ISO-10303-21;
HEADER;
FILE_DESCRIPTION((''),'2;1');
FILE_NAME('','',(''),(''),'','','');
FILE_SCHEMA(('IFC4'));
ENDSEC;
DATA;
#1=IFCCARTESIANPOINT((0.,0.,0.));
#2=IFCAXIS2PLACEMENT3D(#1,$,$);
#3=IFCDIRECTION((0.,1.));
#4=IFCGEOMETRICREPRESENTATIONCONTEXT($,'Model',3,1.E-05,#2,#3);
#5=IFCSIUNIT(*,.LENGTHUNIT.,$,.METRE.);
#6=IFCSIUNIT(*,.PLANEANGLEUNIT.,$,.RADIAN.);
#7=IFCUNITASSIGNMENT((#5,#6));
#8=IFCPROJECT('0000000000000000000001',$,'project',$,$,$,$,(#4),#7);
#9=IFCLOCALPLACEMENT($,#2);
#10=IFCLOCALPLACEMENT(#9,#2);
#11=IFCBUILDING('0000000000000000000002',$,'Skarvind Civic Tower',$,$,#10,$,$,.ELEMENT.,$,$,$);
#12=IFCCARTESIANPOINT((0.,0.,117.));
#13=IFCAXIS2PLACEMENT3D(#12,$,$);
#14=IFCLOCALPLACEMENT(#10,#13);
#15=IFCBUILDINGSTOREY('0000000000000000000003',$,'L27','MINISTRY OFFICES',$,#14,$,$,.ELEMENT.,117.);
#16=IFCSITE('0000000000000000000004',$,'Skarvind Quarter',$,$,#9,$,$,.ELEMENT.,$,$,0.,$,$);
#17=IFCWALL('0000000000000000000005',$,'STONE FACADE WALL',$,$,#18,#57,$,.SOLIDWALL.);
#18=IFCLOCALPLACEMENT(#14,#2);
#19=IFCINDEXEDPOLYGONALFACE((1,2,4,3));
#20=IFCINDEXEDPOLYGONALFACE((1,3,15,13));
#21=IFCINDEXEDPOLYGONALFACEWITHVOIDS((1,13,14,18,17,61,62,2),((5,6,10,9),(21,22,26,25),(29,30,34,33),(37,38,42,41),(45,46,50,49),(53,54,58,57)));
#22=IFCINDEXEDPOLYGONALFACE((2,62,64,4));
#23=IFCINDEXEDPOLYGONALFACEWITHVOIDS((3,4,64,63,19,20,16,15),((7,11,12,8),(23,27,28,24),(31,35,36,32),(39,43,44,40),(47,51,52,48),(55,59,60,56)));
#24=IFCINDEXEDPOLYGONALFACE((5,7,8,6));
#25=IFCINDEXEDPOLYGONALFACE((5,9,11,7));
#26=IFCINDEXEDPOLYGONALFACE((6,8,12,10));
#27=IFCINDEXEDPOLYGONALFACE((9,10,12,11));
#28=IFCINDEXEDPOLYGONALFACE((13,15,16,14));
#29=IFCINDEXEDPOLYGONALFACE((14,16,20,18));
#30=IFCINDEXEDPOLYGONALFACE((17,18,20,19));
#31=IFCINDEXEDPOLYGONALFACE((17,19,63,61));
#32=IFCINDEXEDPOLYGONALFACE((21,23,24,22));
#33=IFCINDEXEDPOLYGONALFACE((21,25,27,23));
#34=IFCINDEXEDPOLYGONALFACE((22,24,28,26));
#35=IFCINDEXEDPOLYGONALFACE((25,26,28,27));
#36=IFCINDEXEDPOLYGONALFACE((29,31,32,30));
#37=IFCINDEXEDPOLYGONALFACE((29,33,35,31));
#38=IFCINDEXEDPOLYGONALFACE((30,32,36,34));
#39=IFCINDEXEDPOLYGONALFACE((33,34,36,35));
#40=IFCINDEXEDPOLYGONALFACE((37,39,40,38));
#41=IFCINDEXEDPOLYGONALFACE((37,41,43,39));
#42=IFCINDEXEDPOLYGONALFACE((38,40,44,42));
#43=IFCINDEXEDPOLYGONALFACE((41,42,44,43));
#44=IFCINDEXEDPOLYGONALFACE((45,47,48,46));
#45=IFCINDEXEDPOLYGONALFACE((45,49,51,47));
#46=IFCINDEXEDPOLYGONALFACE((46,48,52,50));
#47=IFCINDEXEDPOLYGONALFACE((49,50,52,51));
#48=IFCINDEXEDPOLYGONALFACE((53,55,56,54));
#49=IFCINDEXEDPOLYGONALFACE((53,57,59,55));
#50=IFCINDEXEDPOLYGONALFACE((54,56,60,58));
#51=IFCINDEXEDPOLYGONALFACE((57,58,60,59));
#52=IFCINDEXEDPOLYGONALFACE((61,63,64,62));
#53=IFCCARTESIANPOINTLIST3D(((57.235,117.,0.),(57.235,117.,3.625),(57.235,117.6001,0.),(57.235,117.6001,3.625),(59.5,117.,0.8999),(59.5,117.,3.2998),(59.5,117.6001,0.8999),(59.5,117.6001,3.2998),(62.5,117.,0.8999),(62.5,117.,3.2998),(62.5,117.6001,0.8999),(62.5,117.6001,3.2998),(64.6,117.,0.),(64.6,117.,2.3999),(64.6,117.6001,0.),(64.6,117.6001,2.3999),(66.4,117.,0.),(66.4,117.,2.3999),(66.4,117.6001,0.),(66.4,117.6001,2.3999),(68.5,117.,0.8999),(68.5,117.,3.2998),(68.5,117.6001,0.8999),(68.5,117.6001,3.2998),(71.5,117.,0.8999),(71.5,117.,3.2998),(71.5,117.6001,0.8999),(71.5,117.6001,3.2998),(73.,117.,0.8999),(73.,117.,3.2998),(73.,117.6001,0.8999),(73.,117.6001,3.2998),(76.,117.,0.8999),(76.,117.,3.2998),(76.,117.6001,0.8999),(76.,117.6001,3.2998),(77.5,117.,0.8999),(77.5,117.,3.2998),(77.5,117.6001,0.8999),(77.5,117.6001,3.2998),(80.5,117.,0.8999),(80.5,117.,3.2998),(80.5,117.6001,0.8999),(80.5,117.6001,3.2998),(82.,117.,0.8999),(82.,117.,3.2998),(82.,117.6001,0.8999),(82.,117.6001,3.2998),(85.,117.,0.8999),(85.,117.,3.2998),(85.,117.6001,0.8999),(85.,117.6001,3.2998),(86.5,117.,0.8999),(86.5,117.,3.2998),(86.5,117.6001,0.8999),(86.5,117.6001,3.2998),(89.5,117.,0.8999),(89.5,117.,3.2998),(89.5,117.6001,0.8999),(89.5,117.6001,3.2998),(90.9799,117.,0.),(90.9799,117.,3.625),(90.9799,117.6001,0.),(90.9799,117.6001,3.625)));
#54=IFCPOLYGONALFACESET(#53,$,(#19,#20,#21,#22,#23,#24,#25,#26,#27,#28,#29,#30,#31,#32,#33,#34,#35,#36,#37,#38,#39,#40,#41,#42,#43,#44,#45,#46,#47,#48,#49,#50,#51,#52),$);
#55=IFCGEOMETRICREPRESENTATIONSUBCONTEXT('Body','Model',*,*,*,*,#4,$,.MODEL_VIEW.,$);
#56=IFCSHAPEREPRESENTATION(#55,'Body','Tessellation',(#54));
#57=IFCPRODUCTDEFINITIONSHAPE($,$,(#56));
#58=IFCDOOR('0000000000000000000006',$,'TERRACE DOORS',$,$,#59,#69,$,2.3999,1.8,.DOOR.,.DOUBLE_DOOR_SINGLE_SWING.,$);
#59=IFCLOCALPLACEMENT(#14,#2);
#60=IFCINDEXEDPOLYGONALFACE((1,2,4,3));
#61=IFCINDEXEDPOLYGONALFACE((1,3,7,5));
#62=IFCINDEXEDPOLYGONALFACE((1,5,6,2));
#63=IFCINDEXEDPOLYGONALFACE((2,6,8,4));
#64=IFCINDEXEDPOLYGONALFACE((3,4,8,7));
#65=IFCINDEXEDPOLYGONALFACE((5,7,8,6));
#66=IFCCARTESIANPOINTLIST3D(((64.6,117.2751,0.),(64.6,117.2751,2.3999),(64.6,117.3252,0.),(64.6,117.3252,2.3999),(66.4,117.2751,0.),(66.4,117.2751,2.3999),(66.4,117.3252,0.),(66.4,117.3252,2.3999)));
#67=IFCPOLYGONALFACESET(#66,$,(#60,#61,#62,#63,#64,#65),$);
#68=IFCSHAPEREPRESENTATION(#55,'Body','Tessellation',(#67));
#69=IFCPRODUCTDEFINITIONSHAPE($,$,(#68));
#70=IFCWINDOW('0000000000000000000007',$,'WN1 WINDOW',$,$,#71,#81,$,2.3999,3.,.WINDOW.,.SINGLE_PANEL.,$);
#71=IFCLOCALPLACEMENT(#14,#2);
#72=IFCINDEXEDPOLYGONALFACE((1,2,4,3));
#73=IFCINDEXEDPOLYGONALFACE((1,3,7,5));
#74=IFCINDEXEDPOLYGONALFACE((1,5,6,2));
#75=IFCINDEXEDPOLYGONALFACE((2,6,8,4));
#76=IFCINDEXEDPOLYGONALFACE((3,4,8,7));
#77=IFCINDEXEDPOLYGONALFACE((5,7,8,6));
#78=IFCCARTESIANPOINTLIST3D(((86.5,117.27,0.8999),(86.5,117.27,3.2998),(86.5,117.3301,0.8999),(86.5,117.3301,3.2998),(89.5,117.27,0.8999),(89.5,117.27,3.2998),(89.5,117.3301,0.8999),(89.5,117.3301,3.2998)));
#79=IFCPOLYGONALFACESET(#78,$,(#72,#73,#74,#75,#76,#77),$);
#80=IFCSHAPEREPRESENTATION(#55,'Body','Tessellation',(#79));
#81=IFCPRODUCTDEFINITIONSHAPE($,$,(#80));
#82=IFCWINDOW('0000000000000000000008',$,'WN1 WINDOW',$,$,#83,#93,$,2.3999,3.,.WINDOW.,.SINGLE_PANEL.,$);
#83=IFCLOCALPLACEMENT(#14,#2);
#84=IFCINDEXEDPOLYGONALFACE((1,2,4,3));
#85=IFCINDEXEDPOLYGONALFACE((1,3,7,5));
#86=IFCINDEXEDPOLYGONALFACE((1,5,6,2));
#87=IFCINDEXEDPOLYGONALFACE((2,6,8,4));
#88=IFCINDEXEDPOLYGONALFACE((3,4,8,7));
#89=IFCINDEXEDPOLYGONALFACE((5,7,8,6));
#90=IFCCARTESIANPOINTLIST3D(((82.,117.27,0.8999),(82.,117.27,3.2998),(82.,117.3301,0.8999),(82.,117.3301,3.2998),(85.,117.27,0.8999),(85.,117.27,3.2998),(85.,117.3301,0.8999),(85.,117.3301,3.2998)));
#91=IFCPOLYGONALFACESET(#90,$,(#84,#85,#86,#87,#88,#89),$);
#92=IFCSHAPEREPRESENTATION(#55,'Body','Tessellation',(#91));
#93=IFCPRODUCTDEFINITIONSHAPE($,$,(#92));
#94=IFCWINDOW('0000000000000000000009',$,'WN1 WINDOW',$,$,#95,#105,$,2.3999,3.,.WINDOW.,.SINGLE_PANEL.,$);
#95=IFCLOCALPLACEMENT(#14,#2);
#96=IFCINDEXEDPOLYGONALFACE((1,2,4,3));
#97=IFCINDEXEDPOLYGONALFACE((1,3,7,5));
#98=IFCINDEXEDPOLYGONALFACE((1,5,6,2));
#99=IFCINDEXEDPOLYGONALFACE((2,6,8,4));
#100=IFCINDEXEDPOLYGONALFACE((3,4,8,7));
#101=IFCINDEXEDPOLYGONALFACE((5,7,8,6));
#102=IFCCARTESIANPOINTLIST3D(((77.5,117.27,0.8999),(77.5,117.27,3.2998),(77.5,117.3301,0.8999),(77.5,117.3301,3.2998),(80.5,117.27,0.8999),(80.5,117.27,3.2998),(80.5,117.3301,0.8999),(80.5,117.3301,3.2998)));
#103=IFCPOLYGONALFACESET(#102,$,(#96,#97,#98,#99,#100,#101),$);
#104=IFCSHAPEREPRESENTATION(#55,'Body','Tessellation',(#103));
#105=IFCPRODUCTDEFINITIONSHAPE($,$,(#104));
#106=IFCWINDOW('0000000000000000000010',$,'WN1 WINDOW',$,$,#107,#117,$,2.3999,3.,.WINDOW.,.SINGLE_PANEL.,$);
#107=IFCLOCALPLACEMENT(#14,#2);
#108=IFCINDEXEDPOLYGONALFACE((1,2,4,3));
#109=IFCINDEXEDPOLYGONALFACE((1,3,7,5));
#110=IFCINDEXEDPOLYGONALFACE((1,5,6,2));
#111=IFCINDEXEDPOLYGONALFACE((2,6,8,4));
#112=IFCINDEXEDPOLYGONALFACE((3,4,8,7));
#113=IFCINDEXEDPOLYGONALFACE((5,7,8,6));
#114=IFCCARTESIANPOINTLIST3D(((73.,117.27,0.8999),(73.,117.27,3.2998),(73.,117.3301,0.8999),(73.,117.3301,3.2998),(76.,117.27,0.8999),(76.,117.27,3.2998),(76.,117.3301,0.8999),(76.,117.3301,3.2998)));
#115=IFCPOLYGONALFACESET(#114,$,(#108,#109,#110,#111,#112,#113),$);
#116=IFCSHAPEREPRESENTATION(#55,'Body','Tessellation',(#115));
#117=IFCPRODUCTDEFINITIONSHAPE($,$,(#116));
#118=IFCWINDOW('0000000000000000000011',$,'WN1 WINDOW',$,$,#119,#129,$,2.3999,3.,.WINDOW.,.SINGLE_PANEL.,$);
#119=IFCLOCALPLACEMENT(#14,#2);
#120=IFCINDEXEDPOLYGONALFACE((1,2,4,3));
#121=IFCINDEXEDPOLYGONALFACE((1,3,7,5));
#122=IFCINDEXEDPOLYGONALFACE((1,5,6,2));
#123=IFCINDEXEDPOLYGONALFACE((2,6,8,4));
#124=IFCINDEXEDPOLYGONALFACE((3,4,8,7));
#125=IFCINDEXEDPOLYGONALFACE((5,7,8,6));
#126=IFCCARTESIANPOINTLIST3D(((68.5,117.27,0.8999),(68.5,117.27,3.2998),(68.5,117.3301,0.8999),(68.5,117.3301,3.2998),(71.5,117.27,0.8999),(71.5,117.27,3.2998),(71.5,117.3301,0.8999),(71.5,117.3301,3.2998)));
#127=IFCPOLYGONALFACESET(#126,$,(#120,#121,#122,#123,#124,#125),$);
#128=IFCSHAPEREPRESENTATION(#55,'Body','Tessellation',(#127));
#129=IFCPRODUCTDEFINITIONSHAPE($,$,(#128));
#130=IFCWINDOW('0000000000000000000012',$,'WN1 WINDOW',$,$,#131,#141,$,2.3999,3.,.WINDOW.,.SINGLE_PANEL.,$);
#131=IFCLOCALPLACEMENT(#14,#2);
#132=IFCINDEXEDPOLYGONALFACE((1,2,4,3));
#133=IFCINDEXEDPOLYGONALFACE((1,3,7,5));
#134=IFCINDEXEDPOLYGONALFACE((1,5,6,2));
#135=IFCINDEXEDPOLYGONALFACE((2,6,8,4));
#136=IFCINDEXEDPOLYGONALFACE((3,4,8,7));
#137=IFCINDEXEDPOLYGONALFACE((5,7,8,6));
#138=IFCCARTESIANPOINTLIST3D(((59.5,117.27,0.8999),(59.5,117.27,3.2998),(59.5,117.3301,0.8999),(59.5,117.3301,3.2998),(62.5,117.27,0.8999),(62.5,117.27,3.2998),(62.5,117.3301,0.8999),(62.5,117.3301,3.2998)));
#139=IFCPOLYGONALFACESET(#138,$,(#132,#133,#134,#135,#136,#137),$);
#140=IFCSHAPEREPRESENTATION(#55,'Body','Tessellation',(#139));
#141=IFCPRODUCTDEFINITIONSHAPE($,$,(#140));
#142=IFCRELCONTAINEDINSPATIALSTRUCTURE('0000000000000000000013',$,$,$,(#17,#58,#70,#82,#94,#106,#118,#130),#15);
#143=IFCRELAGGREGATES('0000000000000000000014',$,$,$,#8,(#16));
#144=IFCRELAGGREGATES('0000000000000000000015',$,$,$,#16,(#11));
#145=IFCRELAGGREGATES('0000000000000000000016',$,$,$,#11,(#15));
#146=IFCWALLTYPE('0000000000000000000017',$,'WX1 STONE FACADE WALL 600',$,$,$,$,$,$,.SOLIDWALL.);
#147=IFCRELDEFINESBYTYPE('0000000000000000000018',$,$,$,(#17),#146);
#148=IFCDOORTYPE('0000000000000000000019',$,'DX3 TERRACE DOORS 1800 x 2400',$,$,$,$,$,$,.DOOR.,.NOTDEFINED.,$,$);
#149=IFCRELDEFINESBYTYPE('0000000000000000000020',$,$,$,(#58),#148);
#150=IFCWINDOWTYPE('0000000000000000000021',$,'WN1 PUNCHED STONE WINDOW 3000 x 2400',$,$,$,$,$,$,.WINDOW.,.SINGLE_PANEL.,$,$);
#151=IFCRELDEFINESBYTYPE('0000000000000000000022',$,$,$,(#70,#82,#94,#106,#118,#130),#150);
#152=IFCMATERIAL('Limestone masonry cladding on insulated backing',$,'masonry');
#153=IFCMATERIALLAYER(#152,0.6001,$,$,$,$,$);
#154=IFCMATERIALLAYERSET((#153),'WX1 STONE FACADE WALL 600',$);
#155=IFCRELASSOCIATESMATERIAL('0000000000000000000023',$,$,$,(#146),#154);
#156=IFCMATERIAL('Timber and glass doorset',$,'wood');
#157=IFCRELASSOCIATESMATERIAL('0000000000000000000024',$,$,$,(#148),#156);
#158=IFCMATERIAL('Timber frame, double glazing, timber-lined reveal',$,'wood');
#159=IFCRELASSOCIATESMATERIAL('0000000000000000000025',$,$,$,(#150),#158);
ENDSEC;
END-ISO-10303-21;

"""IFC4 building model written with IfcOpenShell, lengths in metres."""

from ifc_helpers import new_model, si_unit, direction, frame, frame_2d, origin, place, context, subcontext, project, spatial, rectangle, extrude, material, layer, layer_set, type_object, element, fill, save


model = new_model("IFC4")

# Units and contexts
model_context = context("Model", 3, precision=1e-05, world=origin(), true_north=direction((0.0, 1.0)))
body_context = subcontext(model_context, "Body", "Model", "MODEL_VIEW")
ifc_project = project(units=[si_unit("LENGTHUNIT", "METRE"), si_unit("PLANEANGLEUNIT", "RADIAN")], contexts=[model_context])

# Site, building, storey
site_placement = place(None, origin())
site = spatial("IfcSite", under=ifc_project, at=site_placement, Name="Skarvind Quarter", CompositionType="ELEMENT", RefElevation=0.0)
building_placement = place(site_placement, origin())
building = spatial("IfcBuilding", under=site, at=building_placement, Name="Skarvind Civic Tower", CompositionType="ELEMENT")
storey_placement = place(building_placement, frame((0.0, 0.0, 117.0)))
storey = spatial("IfcBuildingStorey", under=building, at=storey_placement, Name="L27", Description="MINISTRY OFFICES", CompositionType="ELEMENT", Elevation=117.0)

# Wall, openings, door, windows
ifc_material_1 = material(Name="Limestone masonry cladding on insulated backing", Category="masonry")
ifc_layer_1 = layer(ifc_material_1, 0.6001)
ifc_layer_set_1 = layer_set([ifc_layer_1], Name="WX1 STONE FACADE WALL 600")
wall_type_1 = type_object("IfcWallType", Name="WX1 STONE FACADE WALL 600", PredefinedType="SOLIDWALL", material=ifc_layer_set_1)
wall_1_placement = place(storey_placement, frame((90.98, 117.3, 0.0), z_axis=(0.0, 0.0, 1.0), x_axis=(-1.0, 0.0, 0.0)))
wall_1 = element("IfcWall", 1, at=wall_1_placement, inside=storey, type_object=wall_type_1, Name="STONE FACADE WALL", PredefinedType="SOLIDWALL", context=body_context, shape_type="SweptSolid", body=[
    extrude(rectangle(XDim=33.7449, YDim=0.6001, at=frame_2d((16.8726, 0.0))), origin(), (0.0, 0.0, 1.0), 3.625),
])
opening_1_placement = place(wall_1_placement, frame((1.48, 0.0, 0.8999)))
opening_1 = element("IfcOpeningElement", 2, at=opening_1_placement, cuts=wall_1, PredefinedType="OPENING", context=body_context, shape_type="SweptSolid", body=[
    extrude(rectangle(XDim=3.0, YDim=2.3999, at=frame_2d((1.5, 1.2))), frame((0.0, 0.3101, 0.0), z_axis=(0.0, -1.0, 0.0), x_axis=(1.0, 0.0, 0.0)), (0.0, 0.0, 1.0), 0.6201),
])
opening_2_placement = place(wall_1_placement, frame((5.98, 0.0, 0.8999)))
opening_2 = element("IfcOpeningElement", 3, at=opening_2_placement, cuts=wall_1, PredefinedType="OPENING", context=body_context, shape_type="SweptSolid", body=[
    extrude(rectangle(XDim=3.0, YDim=2.3999, at=frame_2d((1.5, 1.2))), frame((0.0, 0.3101, 0.0), z_axis=(0.0, -1.0, 0.0), x_axis=(1.0, 0.0, 0.0)), (0.0, 0.0, 1.0), 0.6201),
])
opening_3_placement = place(wall_1_placement, frame((10.48, 0.0, 0.8999)))
opening_3 = element("IfcOpeningElement", 4, at=opening_3_placement, cuts=wall_1, PredefinedType="OPENING", context=body_context, shape_type="SweptSolid", body=[
    extrude(rectangle(XDim=3.0, YDim=2.3999, at=frame_2d((1.5, 1.2))), frame((0.0, 0.3101, 0.0), z_axis=(0.0, -1.0, 0.0), x_axis=(1.0, 0.0, 0.0)), (0.0, 0.0, 1.0), 0.6201),
])
opening_4_placement = place(wall_1_placement, frame((14.98, 0.0, 0.8999)))
opening_4 = element("IfcOpeningElement", 5, at=opening_4_placement, cuts=wall_1, PredefinedType="OPENING", context=body_context, shape_type="SweptSolid", body=[
    extrude(rectangle(XDim=3.0, YDim=2.3999, at=frame_2d((1.5, 1.2))), frame((0.0, 0.3101, 0.0), z_axis=(0.0, -1.0, 0.0), x_axis=(1.0, 0.0, 0.0)), (0.0, 0.0, 1.0), 0.6201),
])
opening_5_placement = place(wall_1_placement, frame((19.48, 0.0, 0.8999)))
opening_5 = element("IfcOpeningElement", 6, at=opening_5_placement, cuts=wall_1, PredefinedType="OPENING", context=body_context, shape_type="SweptSolid", body=[
    extrude(rectangle(XDim=3.0, YDim=2.3999, at=frame_2d((1.5, 1.2))), frame((0.0, 0.3101, 0.0), z_axis=(0.0, -1.0, 0.0), x_axis=(1.0, 0.0, 0.0)), (0.0, 0.0, 1.0), 0.6201),
])
opening_6_placement = place(wall_1_placement, frame((24.5801, 0.0, 0.0)))
opening_6 = element("IfcOpeningElement", 7, at=opening_6_placement, cuts=wall_1, PredefinedType="OPENING", context=body_context, shape_type="SweptSolid", body=[
    extrude(rectangle(XDim=1.8, YDim=2.3999, at=frame_2d((0.8999, 1.2))), frame((0.0, 0.3101, 0.0), z_axis=(0.0, -1.0, 0.0), x_axis=(1.0, 0.0, 0.0)), (0.0, 0.0, 1.0), 0.6201),
])
opening_7_placement = place(wall_1_placement, frame((28.48, 0.0, 0.8999)))
opening_7 = element("IfcOpeningElement", 8, at=opening_7_placement, cuts=wall_1, PredefinedType="OPENING", context=body_context, shape_type="SweptSolid", body=[
    extrude(rectangle(XDim=3.0, YDim=2.3999, at=frame_2d((1.5, 1.2))), frame((0.0, 0.3101, 0.0), z_axis=(0.0, -1.0, 0.0), x_axis=(1.0, 0.0, 0.0)), (0.0, 0.0, 1.0), 0.6201),
])
ifc_material_2 = material(Name="Timber and glass doorset", Category="wood")
door_type_1 = type_object("IfcDoorType", Name="DX3 TERRACE DOORS 1800 x 2400", OperationType="NOTDEFINED", PredefinedType="DOOR", material=ifc_material_2)
door_1_placement = place(opening_6_placement, origin())
door_1 = element("IfcDoor", 9, at=door_1_placement, inside=storey, type_object=door_type_1, Name="TERRACE DOORS", OperationType="DOUBLE_DOOR_SINGLE_SWING", OverallHeight=2.3999, OverallWidth=1.8, PredefinedType="DOOR", context=body_context, shape_type="SweptSolid", body=[
    extrude(rectangle(XDim=1.8, YDim=2.3999, at=frame_2d((0.8999, 1.2))), frame((0.0, 0.0249, 0.0), z_axis=(0.0, -1.0, 0.0), x_axis=(1.0, 0.0, 0.0)), (0.0, 0.0, 1.0), 0.05),
])
fill(opening_6, door_1)
ifc_material_3 = material(Name="Timber frame, double glazing, timber-lined reveal", Category="wood")
window_type = type_object("IfcWindowType", Name="WN1 PUNCHED STONE WINDOW 3000 x 2400", PartitioningType="SINGLE_PANEL", PredefinedType="WINDOW", material=ifc_material_3)
window_1_placement = place(opening_1_placement, origin())
window_1 = element("IfcWindow", 10, at=window_1_placement, inside=storey, type_object=window_type, Name="WN1 WINDOW", OverallHeight=2.3999, OverallWidth=3.0, PartitioningType="SINGLE_PANEL", PredefinedType="WINDOW", context=body_context, shape_type="SweptSolid", body=[
    extrude(rectangle(XDim=3.0, YDim=2.3999, at=frame_2d((1.5, 1.2))), frame((0.0, 0.03, 0.0), z_axis=(0.0, -1.0, 0.0), x_axis=(1.0, 0.0, 0.0)), (0.0, 0.0, 1.0), 0.0601),
])
fill(opening_1, window_1)
window_2_placement = place(opening_2_placement, origin())
window_2 = element("IfcWindow", 11, at=window_2_placement, inside=storey, type_object=window_type, Name="WN1 WINDOW", OverallHeight=2.3999, OverallWidth=3.0, PartitioningType="SINGLE_PANEL", PredefinedType="WINDOW", context=body_context, shape_type="SweptSolid", body=[
    extrude(rectangle(XDim=3.0, YDim=2.3999, at=frame_2d((1.5, 1.2))), frame((0.0, 0.03, 0.0), z_axis=(0.0, -1.0, 0.0), x_axis=(1.0, 0.0, 0.0)), (0.0, 0.0, 1.0), 0.0601),
])
fill(opening_2, window_2)
window_3_placement = place(opening_3_placement, origin())
window_3 = element("IfcWindow", 12, at=window_3_placement, inside=storey, type_object=window_type, Name="WN1 WINDOW", OverallHeight=2.3999, OverallWidth=3.0, PartitioningType="SINGLE_PANEL", PredefinedType="WINDOW", context=body_context, shape_type="SweptSolid", body=[
    extrude(rectangle(XDim=3.0, YDim=2.3999, at=frame_2d((1.5, 1.2))), frame((0.0, 0.03, 0.0), z_axis=(0.0, -1.0, 0.0), x_axis=(1.0, 0.0, 0.0)), (0.0, 0.0, 1.0), 0.0601),
])
fill(opening_3, window_3)
window_4_placement = place(opening_4_placement, origin())
window_4 = element("IfcWindow", 13, at=window_4_placement, inside=storey, type_object=window_type, Name="WN1 WINDOW", OverallHeight=2.3999, OverallWidth=3.0, PartitioningType="SINGLE_PANEL", PredefinedType="WINDOW", context=body_context, shape_type="SweptSolid", body=[
    extrude(rectangle(XDim=3.0, YDim=2.3999, at=frame_2d((1.5, 1.2))), frame((0.0, 0.03, 0.0), z_axis=(0.0, -1.0, 0.0), x_axis=(1.0, 0.0, 0.0)), (0.0, 0.0, 1.0), 0.0601),
])
fill(opening_4, window_4)
window_5_placement = place(opening_5_placement, origin())
window_5 = element("IfcWindow", 14, at=window_5_placement, inside=storey, type_object=window_type, Name="WN1 WINDOW", OverallHeight=2.3999, OverallWidth=3.0, PartitioningType="SINGLE_PANEL", PredefinedType="WINDOW", context=body_context, shape_type="SweptSolid", body=[
    extrude(rectangle(XDim=3.0, YDim=2.3999, at=frame_2d((1.5, 1.2))), frame((0.0, 0.03, 0.0), z_axis=(0.0, -1.0, 0.0), x_axis=(1.0, 0.0, 0.0)), (0.0, 0.0, 1.0), 0.0601),
])
fill(opening_5, window_5)
window_6_placement = place(opening_7_placement, origin())
window_6 = element("IfcWindow", 15, at=window_6_placement, inside=storey, type_object=window_type, Name="WN1 WINDOW", OverallHeight=2.3999, OverallWidth=3.0, PartitioningType="SINGLE_PANEL", PredefinedType="WINDOW", context=body_context, shape_type="SweptSolid", body=[
    extrude(rectangle(XDim=3.0, YDim=2.3999, at=frame_2d((1.5, 1.2))), frame((0.0, 0.03, 0.0), z_axis=(0.0, -1.0, 0.0), x_axis=(1.0, 0.0, 0.0)), (0.0, 0.0, 1.0), 0.0601),
])
fill(opening_7, window_6)

save(model, "model.ifc")
